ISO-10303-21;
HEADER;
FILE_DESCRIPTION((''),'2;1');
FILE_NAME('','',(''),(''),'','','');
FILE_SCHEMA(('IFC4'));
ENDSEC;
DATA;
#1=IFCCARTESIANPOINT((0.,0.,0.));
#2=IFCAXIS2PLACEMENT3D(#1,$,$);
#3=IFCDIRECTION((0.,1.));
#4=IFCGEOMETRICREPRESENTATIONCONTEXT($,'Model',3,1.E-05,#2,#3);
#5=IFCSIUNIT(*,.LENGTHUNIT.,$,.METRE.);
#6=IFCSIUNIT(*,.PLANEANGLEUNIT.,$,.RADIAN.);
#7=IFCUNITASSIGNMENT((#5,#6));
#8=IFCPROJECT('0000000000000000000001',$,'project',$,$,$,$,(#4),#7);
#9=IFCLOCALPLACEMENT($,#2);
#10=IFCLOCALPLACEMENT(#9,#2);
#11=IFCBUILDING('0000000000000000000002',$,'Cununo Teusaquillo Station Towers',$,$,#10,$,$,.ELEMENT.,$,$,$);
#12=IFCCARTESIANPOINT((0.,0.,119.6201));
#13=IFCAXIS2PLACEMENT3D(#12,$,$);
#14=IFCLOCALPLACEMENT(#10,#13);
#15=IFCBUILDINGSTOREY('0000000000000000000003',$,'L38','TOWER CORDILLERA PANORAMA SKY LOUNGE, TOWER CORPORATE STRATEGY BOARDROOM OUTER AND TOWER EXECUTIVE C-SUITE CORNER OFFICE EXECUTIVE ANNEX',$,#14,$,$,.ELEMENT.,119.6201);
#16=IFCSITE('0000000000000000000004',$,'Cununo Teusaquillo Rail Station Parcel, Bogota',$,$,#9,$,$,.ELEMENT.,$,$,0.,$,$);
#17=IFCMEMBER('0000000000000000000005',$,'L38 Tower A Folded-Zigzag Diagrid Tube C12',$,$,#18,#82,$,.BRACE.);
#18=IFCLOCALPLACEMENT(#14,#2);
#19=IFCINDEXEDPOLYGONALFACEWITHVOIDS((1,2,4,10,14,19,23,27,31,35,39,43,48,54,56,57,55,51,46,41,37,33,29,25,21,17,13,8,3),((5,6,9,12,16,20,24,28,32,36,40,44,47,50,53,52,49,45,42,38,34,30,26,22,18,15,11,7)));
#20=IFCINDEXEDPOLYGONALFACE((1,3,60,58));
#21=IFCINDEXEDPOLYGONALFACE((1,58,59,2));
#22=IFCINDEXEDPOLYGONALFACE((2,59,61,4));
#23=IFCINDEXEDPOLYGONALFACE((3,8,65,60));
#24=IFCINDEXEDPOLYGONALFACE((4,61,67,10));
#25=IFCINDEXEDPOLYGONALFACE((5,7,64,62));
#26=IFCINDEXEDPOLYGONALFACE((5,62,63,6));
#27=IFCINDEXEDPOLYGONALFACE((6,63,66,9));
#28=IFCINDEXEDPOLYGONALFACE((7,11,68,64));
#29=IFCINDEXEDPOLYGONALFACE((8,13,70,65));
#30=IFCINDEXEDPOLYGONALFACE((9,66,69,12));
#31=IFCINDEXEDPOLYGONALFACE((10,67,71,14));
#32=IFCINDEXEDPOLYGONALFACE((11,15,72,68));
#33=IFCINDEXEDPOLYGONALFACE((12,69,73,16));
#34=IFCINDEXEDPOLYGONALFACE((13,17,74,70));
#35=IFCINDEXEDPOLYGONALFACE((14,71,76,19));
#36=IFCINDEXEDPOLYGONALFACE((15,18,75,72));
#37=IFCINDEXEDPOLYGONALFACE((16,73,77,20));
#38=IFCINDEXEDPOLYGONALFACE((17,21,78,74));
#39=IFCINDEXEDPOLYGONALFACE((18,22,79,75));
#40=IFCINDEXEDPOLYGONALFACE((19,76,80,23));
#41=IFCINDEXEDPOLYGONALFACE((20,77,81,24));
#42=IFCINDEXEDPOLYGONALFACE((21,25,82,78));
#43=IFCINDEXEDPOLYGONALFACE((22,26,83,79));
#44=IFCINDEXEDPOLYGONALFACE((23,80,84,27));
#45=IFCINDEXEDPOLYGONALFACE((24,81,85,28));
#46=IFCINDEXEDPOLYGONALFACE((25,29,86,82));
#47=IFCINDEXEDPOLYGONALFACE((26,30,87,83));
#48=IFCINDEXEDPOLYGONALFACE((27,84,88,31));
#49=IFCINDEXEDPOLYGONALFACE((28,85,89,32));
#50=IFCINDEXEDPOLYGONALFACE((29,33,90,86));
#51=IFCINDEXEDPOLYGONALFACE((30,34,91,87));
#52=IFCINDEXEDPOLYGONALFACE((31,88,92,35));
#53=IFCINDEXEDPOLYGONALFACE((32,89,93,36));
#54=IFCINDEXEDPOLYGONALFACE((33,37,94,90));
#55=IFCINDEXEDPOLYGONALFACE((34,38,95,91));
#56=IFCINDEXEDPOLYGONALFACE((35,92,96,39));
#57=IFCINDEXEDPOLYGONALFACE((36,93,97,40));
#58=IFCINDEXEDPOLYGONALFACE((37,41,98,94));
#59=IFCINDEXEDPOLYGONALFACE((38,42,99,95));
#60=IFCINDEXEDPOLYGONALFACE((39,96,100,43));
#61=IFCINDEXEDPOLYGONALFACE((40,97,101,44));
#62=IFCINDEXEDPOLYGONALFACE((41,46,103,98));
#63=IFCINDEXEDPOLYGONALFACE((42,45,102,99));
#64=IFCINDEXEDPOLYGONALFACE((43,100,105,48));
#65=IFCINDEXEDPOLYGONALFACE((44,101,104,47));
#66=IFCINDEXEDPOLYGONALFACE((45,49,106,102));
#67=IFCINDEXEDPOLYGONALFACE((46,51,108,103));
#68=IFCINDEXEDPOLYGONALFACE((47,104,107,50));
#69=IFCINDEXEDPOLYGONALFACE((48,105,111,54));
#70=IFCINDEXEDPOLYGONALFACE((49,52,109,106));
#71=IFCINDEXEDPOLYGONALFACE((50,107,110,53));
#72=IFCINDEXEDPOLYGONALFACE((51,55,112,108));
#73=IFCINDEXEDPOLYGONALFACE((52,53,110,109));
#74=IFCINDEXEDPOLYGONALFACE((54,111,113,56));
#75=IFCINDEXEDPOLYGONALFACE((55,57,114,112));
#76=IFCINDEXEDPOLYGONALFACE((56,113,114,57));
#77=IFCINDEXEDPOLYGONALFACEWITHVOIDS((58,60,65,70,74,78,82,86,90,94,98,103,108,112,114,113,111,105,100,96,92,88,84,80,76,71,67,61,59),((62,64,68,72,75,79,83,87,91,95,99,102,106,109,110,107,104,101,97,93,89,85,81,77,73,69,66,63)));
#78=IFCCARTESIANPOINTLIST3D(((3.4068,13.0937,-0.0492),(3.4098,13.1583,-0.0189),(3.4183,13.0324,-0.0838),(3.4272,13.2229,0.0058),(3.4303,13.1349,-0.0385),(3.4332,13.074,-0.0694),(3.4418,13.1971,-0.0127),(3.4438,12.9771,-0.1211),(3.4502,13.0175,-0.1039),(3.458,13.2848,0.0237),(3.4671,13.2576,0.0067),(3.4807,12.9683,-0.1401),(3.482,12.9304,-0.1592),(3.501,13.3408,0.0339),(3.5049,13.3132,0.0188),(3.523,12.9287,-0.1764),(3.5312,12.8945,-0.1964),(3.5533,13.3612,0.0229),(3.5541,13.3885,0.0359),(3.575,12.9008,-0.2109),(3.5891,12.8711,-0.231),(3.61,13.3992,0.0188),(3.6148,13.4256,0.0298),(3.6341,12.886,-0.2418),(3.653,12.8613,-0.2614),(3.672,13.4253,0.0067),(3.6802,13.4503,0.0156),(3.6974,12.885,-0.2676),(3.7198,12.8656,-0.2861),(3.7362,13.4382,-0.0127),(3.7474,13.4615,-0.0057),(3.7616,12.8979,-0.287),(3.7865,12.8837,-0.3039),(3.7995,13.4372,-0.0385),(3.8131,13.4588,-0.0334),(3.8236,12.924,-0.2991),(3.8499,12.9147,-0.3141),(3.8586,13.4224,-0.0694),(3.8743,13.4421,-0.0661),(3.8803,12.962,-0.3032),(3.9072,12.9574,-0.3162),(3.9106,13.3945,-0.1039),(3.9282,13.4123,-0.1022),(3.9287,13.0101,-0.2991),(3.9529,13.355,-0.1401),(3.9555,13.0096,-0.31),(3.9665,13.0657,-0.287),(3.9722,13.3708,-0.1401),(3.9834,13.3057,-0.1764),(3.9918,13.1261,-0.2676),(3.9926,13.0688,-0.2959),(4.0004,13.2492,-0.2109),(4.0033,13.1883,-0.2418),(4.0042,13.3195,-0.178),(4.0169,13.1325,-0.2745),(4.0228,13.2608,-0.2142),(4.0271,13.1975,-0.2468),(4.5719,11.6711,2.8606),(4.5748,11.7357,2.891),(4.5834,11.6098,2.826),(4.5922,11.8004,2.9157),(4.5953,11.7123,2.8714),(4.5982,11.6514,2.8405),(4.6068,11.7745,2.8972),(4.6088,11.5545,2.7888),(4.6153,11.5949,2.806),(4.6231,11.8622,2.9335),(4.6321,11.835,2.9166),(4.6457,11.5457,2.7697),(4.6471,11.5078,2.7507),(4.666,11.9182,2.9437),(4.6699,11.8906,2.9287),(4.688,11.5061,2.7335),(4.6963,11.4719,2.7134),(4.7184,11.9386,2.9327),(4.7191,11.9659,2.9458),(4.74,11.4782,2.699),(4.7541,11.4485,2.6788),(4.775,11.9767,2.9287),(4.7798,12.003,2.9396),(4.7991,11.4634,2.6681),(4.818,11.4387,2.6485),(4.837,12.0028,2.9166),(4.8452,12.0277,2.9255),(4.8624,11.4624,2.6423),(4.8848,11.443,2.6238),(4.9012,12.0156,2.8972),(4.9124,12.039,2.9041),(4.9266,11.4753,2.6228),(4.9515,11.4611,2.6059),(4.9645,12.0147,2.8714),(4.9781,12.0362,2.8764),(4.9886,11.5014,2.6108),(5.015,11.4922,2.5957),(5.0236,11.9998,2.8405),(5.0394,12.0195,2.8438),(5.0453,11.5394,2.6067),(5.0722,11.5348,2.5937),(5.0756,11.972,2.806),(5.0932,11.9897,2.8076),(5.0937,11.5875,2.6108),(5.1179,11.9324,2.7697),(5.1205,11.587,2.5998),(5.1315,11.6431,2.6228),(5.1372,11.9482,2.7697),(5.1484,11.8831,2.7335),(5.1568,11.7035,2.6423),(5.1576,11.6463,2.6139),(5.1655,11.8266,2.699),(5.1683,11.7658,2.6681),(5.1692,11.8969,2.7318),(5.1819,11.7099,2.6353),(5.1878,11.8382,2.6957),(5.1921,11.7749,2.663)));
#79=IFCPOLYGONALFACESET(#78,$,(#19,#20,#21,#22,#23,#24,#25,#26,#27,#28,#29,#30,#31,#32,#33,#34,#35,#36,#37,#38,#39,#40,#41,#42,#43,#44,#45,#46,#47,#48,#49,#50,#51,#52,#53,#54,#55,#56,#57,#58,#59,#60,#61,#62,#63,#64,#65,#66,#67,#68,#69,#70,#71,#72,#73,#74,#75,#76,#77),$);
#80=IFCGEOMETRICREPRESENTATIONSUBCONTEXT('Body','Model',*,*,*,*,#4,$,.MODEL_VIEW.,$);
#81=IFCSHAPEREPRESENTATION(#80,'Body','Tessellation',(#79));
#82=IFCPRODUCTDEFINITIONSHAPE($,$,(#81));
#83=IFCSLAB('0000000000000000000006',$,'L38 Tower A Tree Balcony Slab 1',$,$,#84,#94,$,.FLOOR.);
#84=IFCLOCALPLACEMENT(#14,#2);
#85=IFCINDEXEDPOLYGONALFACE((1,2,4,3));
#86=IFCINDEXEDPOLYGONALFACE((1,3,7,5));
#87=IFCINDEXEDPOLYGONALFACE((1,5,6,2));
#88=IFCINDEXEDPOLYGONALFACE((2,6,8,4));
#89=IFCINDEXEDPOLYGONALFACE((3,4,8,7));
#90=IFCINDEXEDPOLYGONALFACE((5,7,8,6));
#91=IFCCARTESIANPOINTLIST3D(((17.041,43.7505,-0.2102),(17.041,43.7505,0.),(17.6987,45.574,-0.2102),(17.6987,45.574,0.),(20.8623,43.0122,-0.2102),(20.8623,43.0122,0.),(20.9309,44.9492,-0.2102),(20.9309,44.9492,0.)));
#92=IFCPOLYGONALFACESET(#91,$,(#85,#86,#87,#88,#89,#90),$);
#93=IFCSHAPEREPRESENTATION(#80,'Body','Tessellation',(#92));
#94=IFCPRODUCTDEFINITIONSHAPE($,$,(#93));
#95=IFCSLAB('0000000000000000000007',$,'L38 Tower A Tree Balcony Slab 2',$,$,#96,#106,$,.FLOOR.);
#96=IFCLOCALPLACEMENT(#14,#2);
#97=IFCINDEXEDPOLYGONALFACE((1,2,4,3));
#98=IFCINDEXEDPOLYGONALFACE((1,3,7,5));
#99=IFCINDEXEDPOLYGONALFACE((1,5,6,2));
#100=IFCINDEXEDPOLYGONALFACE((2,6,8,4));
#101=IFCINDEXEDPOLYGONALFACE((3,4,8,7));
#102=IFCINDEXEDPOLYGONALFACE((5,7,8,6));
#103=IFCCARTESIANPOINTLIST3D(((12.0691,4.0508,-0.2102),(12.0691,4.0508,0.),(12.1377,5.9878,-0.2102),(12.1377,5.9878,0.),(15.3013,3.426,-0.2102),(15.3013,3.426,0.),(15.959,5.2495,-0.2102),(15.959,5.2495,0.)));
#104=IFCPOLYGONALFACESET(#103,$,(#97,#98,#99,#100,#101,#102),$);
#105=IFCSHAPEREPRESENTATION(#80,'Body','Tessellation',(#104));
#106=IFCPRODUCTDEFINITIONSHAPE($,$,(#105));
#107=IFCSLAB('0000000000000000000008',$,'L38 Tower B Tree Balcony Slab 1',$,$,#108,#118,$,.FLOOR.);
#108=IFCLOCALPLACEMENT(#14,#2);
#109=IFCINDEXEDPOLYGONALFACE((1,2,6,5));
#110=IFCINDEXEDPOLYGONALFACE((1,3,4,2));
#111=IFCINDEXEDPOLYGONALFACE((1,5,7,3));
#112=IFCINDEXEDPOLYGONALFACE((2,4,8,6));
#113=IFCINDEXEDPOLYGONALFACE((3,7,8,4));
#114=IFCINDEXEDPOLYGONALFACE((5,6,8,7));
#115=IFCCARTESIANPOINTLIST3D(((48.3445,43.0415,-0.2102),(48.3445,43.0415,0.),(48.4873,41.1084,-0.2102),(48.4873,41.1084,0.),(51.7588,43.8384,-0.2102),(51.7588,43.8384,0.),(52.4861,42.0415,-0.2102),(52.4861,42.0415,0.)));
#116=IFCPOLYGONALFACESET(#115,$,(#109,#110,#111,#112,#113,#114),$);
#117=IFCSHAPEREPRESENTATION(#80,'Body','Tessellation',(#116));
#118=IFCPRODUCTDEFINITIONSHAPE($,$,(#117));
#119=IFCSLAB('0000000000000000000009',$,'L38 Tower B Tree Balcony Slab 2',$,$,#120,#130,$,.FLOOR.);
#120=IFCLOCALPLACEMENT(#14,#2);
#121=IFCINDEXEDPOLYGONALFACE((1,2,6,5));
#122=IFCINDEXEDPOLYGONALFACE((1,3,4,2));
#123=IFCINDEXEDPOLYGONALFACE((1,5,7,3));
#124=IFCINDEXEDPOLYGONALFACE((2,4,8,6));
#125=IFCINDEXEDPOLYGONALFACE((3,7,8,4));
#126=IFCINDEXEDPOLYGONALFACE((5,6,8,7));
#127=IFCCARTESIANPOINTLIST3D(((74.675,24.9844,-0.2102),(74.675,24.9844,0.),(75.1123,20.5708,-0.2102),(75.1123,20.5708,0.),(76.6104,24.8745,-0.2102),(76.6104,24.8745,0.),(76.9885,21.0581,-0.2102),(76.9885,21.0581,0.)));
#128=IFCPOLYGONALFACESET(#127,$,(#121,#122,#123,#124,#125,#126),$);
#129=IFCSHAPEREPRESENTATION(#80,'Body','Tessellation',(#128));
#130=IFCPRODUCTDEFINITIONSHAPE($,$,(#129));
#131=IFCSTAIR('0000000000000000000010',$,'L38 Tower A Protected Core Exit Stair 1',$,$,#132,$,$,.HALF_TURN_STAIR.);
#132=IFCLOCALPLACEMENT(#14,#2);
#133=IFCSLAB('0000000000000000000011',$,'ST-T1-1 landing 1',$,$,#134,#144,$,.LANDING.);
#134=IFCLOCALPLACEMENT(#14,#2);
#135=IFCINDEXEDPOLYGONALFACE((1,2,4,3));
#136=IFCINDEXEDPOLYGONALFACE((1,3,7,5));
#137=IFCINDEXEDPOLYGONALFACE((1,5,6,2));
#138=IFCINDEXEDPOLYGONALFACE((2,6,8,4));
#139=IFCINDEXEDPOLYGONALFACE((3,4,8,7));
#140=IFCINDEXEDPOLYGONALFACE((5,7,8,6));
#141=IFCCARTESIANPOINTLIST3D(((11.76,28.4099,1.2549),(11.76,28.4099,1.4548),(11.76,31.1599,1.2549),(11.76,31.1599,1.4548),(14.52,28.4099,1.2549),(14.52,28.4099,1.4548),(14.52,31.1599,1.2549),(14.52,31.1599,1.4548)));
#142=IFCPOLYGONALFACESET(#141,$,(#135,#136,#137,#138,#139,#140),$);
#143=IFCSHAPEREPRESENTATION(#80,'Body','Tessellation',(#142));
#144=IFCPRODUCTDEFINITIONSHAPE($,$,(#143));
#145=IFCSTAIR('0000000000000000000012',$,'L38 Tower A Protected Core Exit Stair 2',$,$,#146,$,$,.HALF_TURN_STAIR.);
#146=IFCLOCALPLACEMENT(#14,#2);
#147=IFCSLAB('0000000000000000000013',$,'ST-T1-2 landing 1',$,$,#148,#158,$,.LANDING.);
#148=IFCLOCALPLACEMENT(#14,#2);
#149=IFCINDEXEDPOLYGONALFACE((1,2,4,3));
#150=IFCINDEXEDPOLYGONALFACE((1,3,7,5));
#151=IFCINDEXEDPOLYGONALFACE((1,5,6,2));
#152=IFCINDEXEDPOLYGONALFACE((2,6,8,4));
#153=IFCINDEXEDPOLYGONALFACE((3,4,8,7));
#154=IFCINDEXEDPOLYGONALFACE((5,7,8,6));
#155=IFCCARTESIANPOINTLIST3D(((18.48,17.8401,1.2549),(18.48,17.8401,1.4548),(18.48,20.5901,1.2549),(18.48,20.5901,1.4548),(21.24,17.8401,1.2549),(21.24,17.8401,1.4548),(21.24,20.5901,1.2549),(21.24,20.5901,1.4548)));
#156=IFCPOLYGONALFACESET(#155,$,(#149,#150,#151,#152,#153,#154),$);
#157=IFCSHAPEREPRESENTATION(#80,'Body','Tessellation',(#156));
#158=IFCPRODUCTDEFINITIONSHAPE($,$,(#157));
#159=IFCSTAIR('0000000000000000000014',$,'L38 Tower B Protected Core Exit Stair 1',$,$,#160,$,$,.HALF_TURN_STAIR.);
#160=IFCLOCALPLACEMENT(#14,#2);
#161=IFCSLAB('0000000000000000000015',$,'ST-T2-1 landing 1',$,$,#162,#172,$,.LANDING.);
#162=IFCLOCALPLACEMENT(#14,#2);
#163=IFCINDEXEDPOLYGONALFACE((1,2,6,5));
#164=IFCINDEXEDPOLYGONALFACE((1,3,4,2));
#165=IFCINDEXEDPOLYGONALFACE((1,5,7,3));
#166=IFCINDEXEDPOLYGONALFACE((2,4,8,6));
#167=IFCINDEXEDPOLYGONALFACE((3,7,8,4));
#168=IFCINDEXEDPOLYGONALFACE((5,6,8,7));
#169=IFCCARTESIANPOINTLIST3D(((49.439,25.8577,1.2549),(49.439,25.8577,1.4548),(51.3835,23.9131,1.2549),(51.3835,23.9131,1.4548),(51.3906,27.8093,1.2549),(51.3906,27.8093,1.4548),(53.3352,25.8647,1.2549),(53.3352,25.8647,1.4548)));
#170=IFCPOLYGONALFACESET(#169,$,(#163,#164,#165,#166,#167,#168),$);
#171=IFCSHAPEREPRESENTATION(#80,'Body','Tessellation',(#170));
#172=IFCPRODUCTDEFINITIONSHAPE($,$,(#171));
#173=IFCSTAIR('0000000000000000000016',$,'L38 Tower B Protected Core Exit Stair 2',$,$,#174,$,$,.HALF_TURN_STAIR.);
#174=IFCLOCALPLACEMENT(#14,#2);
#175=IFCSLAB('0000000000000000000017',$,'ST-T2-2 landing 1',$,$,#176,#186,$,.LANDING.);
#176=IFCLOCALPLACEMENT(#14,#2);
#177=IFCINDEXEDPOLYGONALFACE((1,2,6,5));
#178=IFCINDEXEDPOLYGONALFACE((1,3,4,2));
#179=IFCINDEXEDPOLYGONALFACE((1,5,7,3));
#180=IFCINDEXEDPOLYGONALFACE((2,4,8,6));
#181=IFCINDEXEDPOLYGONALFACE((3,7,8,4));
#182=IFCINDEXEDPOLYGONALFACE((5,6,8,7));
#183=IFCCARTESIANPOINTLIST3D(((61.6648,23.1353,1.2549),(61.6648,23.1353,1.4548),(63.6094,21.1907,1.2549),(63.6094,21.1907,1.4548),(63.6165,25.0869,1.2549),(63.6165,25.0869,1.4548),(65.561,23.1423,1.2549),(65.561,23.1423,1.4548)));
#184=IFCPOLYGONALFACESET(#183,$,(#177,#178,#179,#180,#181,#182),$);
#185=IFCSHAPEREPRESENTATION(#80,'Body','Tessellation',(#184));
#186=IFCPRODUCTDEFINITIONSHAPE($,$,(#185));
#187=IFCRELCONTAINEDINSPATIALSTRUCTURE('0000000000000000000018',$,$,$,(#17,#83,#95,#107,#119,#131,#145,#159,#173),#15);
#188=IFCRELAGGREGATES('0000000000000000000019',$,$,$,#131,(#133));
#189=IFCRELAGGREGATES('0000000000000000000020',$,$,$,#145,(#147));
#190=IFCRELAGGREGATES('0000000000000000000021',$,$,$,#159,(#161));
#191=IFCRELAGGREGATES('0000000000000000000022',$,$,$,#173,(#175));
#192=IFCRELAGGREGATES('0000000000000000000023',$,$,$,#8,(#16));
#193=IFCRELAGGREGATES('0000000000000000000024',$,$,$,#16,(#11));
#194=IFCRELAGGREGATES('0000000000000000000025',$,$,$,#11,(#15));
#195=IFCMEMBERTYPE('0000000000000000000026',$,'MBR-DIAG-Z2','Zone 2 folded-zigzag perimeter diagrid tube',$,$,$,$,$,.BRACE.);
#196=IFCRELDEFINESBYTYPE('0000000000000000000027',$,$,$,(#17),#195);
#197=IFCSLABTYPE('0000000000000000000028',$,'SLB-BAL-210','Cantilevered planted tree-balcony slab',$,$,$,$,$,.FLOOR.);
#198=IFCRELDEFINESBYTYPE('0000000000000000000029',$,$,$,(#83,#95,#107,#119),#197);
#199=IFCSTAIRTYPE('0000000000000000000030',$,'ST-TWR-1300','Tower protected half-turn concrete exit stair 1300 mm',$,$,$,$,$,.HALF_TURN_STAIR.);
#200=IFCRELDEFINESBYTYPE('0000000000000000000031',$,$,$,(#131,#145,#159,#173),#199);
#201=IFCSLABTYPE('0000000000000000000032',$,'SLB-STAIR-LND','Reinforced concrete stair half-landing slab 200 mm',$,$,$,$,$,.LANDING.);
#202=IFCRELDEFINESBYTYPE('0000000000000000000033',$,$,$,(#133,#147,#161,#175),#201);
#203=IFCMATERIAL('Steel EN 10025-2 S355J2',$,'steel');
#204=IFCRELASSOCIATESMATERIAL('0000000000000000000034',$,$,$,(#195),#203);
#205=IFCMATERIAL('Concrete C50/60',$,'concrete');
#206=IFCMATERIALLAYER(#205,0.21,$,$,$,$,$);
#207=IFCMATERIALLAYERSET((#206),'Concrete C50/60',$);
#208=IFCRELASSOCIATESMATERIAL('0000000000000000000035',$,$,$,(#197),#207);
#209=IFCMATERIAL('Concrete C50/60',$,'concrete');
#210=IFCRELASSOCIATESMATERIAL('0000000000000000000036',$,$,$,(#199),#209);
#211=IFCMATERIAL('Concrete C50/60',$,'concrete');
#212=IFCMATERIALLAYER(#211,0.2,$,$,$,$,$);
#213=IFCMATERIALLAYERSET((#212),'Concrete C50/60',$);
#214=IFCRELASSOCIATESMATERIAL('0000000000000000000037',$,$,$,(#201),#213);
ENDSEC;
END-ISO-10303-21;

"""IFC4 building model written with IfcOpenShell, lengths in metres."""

from ifc_helpers import new_model, si_unit, direction, frame, origin, origin_2d, place, context, subcontext, project, spatial, polyline, hollow_circle, outline, extrude, material, layer, layer_set, material_profile, profile_set, type_object, element, aggregate, save


model = new_model("IFC4")

# Units and contexts
model_context = context("Model", 3, precision=1e-05, world=origin(), true_north=direction((0.0, 1.0)))
body_context = subcontext(model_context, "Body", "Model", "MODEL_VIEW")
ifc_project = project(units=[si_unit("LENGTHUNIT", "METRE"), si_unit("PLANEANGLEUNIT", "RADIAN")], contexts=[model_context])

# Site, building, storey
site_placement = place(None, origin())
site = spatial("IfcSite", under=ifc_project, at=site_placement, Name="Cununo Teusaquillo Rail Station Parcel, Bogota", CompositionType="ELEMENT", RefElevation=0.0)
building_placement = place(site_placement, origin())
building = spatial("IfcBuilding", under=site, at=building_placement, Name="Cununo Teusaquillo Station Towers", CompositionType="ELEMENT")
storey_placement = place(building_placement, frame((0.0, 0.0, 119.6201)))
storey = spatial("IfcBuildingStorey", under=building, at=storey_placement, Name="L38", Description="TOWER CORDILLERA PANORAMA SKY LOUNGE, TOWER CORPORATE STRATEGY BOARDROOM OUTER AND TOWER EXECUTIVE C-SUITE CORNER OFFICE EXECUTIVE ANNEX", CompositionType="ELEMENT", Elevation=119.6201)

# Member
ifc_material_1 = material(Name="Steel EN 10025-2 S355J2", Category="steel")
ifc_material_profile_1 = material_profile(ifc_material_1, hollow_circle(Radius=0.3301, WallThickness=0.0249, at=origin_2d()), Name="CHS 660x25")
ifc_profile_set_1 = profile_set([ifc_material_profile_1], Name="Steel EN 10025-2 S355J2")
member_type = type_object("IfcMemberType", Name="MBR-DIAG-Z2", Description="Zone 2 folded-zigzag perimeter diagrid tube", PredefinedType="BRACE", material=ifc_profile_set_1)
member_placement = place(storey_placement, frame((3.7168, 13.1616, -0.1401), z_axis=(0.338458, -0.413285, 0.845365), x_axis=(0.773667, 0.633592, 0.0)))
element("IfcMember", 1, at=member_placement, inside=storey, type_object=member_type, Name="L38 Tower A Folded-Zigzag Diagrid Tube C12", PredefinedType="BRACE", context=body_context, shape_type="SweptSolid", body=[
    extrude(hollow_circle(Radius=0.3301, WallThickness=0.0249, at=origin_2d()), origin(), (0.0, 0.0, 1.0), 3.4421),
])

# Slabs
ifc_material_2 = material(Name="Concrete C50/60", Category="concrete")
ifc_layer_1 = layer(ifc_material_2, 0.21)
ifc_layer_set_1 = layer_set([ifc_layer_1], Name="Concrete C50/60")
slab_type_1 = type_object("IfcSlabType", Name="SLB-BAL-210", Description="Cantilevered planted tree-balcony slab", PredefinedType="FLOOR", material=ifc_layer_set_1)
slab_1_placement = place(storey_placement, frame((0.0, 0.0, -0.2102)))
element("IfcSlab", 2, at=slab_1_placement, inside=storey, type_object=slab_type_1, Name="L38 Tower A Tree Balcony Slab 1", PredefinedType="FLOOR", context=body_context, shape_type="SweptSolid", body=[
    extrude(outline(polyline([(20.8623, 43.0122), (17.041, 43.7505), (17.6987, 45.574), (20.9309, 44.9492), (20.8623, 43.0122)])), origin(), (0.0, 0.0, 1.0), 0.2102),
])
slab_2_placement = place(storey_placement, frame((0.0, 0.0, -0.2102)))
element("IfcSlab", 3, at=slab_2_placement, inside=storey, type_object=slab_type_1, Name="L38 Tower A Tree Balcony Slab 2", PredefinedType="FLOOR", context=body_context, shape_type="SweptSolid", body=[
    extrude(outline(polyline([(12.1377, 5.9878), (15.959, 5.2495), (15.3013, 3.426), (12.0691, 4.0508), (12.1377, 5.9878)])), origin(), (0.0, 0.0, 1.0), 0.2102),
])
slab_3_placement = place(storey_placement, frame((0.0, 0.0, -0.2102)))
element("IfcSlab", 4, at=slab_3_placement, inside=storey, type_object=slab_type_1, Name="L38 Tower B Tree Balcony Slab 1", PredefinedType="FLOOR", context=body_context, shape_type="SweptSolid", body=[
    extrude(outline(polyline([(52.4861, 42.0415), (48.4873, 41.1084), (48.3445, 43.0415), (51.7588, 43.8384), (52.4861, 42.0415)])), origin(), (0.0, 0.0, 1.0), 0.2102),
])
slab_4_placement = place(storey_placement, frame((0.0, 0.0, -0.2102)))
element("IfcSlab", 5, at=slab_4_placement, inside=storey, type_object=slab_type_1, Name="L38 Tower B Tree Balcony Slab 2", PredefinedType="FLOOR", context=body_context, shape_type="SweptSolid", body=[
    extrude(outline(polyline([(75.1123, 20.5708), (74.675, 24.9844), (76.6104, 24.8745), (76.9885, 21.0581), (75.1123, 20.5708)])), origin(), (0.0, 0.0, 1.0), 0.2102),
])

# Stairs, slabs
ifc_material_3 = material(Name="Concrete C50/60", Category="concrete")
stair_type = type_object("IfcStairType", Name="ST-TWR-1300", Description="Tower protected half-turn concrete exit stair 1300 mm", PredefinedType="HALF_TURN_STAIR", material=ifc_material_3)
stair_1_placement = place(storey_placement, origin())
stair_1 = element("IfcStair", 6, at=stair_1_placement, inside=storey, type_object=stair_type, Name="L38 Tower A Protected Core Exit Stair 1", PredefinedType="HALF_TURN_STAIR")
ifc_material_4 = material(Name="Concrete C50/60", Category="concrete")
ifc_layer_2 = layer(ifc_material_4, 0.2)
ifc_layer_set_2 = layer_set([ifc_layer_2], Name="Concrete C50/60")
slab_type_2 = type_object("IfcSlabType", Name="SLB-STAIR-LND", Description="Reinforced concrete stair half-landing slab 200 mm", PredefinedType="LANDING", material=ifc_layer_set_2)
slab_5_placement = place(storey_placement, frame((0.0, 0.0, 1.2549)))
slab_5 = element("IfcSlab", 7, at=slab_5_placement, type_object=slab_type_2, Name="ST-T1-1 landing 1", PredefinedType="LANDING", context=body_context, shape_type="SweptSolid", body=[
    extrude(outline(polyline([(14.52, 28.4099), (14.52, 31.1599), (11.76, 31.1599), (11.76, 28.4099), (14.52, 28.4099)])), origin(), (0.0, 0.0, 1.0), 0.2),
])
aggregate(stair_1, [slab_5])
stair_2_placement = place(storey_placement, origin())
stair_2 = element("IfcStair", 8, at=stair_2_placement, inside=storey, type_object=stair_type, Name="L38 Tower A Protected Core Exit Stair 2", PredefinedType="HALF_TURN_STAIR")
slab_6_placement = place(storey_placement, frame((0.0, 0.0, 1.2549)))
slab_6 = element("IfcSlab", 9, at=slab_6_placement, type_object=slab_type_2, Name="ST-T1-2 landing 1", PredefinedType="LANDING", context=body_context, shape_type="SweptSolid", body=[
    extrude(outline(polyline([(18.48, 20.5901), (18.48, 17.8401), (21.24, 17.8401), (21.24, 20.5901), (18.48, 20.5901)])), origin(), (0.0, 0.0, 1.0), 0.2),
])
aggregate(stair_2, [slab_6])
stair_3_placement = place(storey_placement, origin())
stair_3 = element("IfcStair", 10, at=stair_3_placement, inside=storey, type_object=stair_type, Name="L38 Tower B Protected Core Exit Stair 1", PredefinedType="HALF_TURN_STAIR")
slab_7_placement = place(storey_placement, frame((0.0, 0.0, 1.2549)))
slab_7 = element("IfcSlab", 11, at=slab_7_placement, type_object=slab_type_2, Name="ST-T2-1 landing 1", PredefinedType="LANDING", context=body_context, shape_type="SweptSolid", body=[
    extrude(outline(polyline([(53.3352, 25.8647), (51.3906, 27.8093), (49.439, 25.8577), (51.3835, 23.9131), (53.3352, 25.8647)])), origin(), (0.0, 0.0, 1.0), 0.2),
])
aggregate(stair_3, [slab_7])
stair_4_placement = place(storey_placement, origin())
stair_4 = element("IfcStair", 12, at=stair_4_placement, inside=storey, type_object=stair_type, Name="L38 Tower B Protected Core Exit Stair 2", PredefinedType="HALF_TURN_STAIR")
slab_8_placement = place(storey_placement, frame((0.0, 0.0, 1.2549)))
slab_8 = element("IfcSlab", 13, at=slab_8_placement, type_object=slab_type_2, Name="ST-T2-2 landing 1", PredefinedType="LANDING", context=body_context, shape_type="SweptSolid", body=[
    extrude(outline(polyline([(61.6648, 23.1353), (63.6094, 21.1907), (65.561, 23.1423), (63.6165, 25.0869), (61.6648, 23.1353)])), origin(), (0.0, 0.0, 1.0), 0.2),
])
aggregate(stair_4, [slab_8])

save(model, "model.ifc")
